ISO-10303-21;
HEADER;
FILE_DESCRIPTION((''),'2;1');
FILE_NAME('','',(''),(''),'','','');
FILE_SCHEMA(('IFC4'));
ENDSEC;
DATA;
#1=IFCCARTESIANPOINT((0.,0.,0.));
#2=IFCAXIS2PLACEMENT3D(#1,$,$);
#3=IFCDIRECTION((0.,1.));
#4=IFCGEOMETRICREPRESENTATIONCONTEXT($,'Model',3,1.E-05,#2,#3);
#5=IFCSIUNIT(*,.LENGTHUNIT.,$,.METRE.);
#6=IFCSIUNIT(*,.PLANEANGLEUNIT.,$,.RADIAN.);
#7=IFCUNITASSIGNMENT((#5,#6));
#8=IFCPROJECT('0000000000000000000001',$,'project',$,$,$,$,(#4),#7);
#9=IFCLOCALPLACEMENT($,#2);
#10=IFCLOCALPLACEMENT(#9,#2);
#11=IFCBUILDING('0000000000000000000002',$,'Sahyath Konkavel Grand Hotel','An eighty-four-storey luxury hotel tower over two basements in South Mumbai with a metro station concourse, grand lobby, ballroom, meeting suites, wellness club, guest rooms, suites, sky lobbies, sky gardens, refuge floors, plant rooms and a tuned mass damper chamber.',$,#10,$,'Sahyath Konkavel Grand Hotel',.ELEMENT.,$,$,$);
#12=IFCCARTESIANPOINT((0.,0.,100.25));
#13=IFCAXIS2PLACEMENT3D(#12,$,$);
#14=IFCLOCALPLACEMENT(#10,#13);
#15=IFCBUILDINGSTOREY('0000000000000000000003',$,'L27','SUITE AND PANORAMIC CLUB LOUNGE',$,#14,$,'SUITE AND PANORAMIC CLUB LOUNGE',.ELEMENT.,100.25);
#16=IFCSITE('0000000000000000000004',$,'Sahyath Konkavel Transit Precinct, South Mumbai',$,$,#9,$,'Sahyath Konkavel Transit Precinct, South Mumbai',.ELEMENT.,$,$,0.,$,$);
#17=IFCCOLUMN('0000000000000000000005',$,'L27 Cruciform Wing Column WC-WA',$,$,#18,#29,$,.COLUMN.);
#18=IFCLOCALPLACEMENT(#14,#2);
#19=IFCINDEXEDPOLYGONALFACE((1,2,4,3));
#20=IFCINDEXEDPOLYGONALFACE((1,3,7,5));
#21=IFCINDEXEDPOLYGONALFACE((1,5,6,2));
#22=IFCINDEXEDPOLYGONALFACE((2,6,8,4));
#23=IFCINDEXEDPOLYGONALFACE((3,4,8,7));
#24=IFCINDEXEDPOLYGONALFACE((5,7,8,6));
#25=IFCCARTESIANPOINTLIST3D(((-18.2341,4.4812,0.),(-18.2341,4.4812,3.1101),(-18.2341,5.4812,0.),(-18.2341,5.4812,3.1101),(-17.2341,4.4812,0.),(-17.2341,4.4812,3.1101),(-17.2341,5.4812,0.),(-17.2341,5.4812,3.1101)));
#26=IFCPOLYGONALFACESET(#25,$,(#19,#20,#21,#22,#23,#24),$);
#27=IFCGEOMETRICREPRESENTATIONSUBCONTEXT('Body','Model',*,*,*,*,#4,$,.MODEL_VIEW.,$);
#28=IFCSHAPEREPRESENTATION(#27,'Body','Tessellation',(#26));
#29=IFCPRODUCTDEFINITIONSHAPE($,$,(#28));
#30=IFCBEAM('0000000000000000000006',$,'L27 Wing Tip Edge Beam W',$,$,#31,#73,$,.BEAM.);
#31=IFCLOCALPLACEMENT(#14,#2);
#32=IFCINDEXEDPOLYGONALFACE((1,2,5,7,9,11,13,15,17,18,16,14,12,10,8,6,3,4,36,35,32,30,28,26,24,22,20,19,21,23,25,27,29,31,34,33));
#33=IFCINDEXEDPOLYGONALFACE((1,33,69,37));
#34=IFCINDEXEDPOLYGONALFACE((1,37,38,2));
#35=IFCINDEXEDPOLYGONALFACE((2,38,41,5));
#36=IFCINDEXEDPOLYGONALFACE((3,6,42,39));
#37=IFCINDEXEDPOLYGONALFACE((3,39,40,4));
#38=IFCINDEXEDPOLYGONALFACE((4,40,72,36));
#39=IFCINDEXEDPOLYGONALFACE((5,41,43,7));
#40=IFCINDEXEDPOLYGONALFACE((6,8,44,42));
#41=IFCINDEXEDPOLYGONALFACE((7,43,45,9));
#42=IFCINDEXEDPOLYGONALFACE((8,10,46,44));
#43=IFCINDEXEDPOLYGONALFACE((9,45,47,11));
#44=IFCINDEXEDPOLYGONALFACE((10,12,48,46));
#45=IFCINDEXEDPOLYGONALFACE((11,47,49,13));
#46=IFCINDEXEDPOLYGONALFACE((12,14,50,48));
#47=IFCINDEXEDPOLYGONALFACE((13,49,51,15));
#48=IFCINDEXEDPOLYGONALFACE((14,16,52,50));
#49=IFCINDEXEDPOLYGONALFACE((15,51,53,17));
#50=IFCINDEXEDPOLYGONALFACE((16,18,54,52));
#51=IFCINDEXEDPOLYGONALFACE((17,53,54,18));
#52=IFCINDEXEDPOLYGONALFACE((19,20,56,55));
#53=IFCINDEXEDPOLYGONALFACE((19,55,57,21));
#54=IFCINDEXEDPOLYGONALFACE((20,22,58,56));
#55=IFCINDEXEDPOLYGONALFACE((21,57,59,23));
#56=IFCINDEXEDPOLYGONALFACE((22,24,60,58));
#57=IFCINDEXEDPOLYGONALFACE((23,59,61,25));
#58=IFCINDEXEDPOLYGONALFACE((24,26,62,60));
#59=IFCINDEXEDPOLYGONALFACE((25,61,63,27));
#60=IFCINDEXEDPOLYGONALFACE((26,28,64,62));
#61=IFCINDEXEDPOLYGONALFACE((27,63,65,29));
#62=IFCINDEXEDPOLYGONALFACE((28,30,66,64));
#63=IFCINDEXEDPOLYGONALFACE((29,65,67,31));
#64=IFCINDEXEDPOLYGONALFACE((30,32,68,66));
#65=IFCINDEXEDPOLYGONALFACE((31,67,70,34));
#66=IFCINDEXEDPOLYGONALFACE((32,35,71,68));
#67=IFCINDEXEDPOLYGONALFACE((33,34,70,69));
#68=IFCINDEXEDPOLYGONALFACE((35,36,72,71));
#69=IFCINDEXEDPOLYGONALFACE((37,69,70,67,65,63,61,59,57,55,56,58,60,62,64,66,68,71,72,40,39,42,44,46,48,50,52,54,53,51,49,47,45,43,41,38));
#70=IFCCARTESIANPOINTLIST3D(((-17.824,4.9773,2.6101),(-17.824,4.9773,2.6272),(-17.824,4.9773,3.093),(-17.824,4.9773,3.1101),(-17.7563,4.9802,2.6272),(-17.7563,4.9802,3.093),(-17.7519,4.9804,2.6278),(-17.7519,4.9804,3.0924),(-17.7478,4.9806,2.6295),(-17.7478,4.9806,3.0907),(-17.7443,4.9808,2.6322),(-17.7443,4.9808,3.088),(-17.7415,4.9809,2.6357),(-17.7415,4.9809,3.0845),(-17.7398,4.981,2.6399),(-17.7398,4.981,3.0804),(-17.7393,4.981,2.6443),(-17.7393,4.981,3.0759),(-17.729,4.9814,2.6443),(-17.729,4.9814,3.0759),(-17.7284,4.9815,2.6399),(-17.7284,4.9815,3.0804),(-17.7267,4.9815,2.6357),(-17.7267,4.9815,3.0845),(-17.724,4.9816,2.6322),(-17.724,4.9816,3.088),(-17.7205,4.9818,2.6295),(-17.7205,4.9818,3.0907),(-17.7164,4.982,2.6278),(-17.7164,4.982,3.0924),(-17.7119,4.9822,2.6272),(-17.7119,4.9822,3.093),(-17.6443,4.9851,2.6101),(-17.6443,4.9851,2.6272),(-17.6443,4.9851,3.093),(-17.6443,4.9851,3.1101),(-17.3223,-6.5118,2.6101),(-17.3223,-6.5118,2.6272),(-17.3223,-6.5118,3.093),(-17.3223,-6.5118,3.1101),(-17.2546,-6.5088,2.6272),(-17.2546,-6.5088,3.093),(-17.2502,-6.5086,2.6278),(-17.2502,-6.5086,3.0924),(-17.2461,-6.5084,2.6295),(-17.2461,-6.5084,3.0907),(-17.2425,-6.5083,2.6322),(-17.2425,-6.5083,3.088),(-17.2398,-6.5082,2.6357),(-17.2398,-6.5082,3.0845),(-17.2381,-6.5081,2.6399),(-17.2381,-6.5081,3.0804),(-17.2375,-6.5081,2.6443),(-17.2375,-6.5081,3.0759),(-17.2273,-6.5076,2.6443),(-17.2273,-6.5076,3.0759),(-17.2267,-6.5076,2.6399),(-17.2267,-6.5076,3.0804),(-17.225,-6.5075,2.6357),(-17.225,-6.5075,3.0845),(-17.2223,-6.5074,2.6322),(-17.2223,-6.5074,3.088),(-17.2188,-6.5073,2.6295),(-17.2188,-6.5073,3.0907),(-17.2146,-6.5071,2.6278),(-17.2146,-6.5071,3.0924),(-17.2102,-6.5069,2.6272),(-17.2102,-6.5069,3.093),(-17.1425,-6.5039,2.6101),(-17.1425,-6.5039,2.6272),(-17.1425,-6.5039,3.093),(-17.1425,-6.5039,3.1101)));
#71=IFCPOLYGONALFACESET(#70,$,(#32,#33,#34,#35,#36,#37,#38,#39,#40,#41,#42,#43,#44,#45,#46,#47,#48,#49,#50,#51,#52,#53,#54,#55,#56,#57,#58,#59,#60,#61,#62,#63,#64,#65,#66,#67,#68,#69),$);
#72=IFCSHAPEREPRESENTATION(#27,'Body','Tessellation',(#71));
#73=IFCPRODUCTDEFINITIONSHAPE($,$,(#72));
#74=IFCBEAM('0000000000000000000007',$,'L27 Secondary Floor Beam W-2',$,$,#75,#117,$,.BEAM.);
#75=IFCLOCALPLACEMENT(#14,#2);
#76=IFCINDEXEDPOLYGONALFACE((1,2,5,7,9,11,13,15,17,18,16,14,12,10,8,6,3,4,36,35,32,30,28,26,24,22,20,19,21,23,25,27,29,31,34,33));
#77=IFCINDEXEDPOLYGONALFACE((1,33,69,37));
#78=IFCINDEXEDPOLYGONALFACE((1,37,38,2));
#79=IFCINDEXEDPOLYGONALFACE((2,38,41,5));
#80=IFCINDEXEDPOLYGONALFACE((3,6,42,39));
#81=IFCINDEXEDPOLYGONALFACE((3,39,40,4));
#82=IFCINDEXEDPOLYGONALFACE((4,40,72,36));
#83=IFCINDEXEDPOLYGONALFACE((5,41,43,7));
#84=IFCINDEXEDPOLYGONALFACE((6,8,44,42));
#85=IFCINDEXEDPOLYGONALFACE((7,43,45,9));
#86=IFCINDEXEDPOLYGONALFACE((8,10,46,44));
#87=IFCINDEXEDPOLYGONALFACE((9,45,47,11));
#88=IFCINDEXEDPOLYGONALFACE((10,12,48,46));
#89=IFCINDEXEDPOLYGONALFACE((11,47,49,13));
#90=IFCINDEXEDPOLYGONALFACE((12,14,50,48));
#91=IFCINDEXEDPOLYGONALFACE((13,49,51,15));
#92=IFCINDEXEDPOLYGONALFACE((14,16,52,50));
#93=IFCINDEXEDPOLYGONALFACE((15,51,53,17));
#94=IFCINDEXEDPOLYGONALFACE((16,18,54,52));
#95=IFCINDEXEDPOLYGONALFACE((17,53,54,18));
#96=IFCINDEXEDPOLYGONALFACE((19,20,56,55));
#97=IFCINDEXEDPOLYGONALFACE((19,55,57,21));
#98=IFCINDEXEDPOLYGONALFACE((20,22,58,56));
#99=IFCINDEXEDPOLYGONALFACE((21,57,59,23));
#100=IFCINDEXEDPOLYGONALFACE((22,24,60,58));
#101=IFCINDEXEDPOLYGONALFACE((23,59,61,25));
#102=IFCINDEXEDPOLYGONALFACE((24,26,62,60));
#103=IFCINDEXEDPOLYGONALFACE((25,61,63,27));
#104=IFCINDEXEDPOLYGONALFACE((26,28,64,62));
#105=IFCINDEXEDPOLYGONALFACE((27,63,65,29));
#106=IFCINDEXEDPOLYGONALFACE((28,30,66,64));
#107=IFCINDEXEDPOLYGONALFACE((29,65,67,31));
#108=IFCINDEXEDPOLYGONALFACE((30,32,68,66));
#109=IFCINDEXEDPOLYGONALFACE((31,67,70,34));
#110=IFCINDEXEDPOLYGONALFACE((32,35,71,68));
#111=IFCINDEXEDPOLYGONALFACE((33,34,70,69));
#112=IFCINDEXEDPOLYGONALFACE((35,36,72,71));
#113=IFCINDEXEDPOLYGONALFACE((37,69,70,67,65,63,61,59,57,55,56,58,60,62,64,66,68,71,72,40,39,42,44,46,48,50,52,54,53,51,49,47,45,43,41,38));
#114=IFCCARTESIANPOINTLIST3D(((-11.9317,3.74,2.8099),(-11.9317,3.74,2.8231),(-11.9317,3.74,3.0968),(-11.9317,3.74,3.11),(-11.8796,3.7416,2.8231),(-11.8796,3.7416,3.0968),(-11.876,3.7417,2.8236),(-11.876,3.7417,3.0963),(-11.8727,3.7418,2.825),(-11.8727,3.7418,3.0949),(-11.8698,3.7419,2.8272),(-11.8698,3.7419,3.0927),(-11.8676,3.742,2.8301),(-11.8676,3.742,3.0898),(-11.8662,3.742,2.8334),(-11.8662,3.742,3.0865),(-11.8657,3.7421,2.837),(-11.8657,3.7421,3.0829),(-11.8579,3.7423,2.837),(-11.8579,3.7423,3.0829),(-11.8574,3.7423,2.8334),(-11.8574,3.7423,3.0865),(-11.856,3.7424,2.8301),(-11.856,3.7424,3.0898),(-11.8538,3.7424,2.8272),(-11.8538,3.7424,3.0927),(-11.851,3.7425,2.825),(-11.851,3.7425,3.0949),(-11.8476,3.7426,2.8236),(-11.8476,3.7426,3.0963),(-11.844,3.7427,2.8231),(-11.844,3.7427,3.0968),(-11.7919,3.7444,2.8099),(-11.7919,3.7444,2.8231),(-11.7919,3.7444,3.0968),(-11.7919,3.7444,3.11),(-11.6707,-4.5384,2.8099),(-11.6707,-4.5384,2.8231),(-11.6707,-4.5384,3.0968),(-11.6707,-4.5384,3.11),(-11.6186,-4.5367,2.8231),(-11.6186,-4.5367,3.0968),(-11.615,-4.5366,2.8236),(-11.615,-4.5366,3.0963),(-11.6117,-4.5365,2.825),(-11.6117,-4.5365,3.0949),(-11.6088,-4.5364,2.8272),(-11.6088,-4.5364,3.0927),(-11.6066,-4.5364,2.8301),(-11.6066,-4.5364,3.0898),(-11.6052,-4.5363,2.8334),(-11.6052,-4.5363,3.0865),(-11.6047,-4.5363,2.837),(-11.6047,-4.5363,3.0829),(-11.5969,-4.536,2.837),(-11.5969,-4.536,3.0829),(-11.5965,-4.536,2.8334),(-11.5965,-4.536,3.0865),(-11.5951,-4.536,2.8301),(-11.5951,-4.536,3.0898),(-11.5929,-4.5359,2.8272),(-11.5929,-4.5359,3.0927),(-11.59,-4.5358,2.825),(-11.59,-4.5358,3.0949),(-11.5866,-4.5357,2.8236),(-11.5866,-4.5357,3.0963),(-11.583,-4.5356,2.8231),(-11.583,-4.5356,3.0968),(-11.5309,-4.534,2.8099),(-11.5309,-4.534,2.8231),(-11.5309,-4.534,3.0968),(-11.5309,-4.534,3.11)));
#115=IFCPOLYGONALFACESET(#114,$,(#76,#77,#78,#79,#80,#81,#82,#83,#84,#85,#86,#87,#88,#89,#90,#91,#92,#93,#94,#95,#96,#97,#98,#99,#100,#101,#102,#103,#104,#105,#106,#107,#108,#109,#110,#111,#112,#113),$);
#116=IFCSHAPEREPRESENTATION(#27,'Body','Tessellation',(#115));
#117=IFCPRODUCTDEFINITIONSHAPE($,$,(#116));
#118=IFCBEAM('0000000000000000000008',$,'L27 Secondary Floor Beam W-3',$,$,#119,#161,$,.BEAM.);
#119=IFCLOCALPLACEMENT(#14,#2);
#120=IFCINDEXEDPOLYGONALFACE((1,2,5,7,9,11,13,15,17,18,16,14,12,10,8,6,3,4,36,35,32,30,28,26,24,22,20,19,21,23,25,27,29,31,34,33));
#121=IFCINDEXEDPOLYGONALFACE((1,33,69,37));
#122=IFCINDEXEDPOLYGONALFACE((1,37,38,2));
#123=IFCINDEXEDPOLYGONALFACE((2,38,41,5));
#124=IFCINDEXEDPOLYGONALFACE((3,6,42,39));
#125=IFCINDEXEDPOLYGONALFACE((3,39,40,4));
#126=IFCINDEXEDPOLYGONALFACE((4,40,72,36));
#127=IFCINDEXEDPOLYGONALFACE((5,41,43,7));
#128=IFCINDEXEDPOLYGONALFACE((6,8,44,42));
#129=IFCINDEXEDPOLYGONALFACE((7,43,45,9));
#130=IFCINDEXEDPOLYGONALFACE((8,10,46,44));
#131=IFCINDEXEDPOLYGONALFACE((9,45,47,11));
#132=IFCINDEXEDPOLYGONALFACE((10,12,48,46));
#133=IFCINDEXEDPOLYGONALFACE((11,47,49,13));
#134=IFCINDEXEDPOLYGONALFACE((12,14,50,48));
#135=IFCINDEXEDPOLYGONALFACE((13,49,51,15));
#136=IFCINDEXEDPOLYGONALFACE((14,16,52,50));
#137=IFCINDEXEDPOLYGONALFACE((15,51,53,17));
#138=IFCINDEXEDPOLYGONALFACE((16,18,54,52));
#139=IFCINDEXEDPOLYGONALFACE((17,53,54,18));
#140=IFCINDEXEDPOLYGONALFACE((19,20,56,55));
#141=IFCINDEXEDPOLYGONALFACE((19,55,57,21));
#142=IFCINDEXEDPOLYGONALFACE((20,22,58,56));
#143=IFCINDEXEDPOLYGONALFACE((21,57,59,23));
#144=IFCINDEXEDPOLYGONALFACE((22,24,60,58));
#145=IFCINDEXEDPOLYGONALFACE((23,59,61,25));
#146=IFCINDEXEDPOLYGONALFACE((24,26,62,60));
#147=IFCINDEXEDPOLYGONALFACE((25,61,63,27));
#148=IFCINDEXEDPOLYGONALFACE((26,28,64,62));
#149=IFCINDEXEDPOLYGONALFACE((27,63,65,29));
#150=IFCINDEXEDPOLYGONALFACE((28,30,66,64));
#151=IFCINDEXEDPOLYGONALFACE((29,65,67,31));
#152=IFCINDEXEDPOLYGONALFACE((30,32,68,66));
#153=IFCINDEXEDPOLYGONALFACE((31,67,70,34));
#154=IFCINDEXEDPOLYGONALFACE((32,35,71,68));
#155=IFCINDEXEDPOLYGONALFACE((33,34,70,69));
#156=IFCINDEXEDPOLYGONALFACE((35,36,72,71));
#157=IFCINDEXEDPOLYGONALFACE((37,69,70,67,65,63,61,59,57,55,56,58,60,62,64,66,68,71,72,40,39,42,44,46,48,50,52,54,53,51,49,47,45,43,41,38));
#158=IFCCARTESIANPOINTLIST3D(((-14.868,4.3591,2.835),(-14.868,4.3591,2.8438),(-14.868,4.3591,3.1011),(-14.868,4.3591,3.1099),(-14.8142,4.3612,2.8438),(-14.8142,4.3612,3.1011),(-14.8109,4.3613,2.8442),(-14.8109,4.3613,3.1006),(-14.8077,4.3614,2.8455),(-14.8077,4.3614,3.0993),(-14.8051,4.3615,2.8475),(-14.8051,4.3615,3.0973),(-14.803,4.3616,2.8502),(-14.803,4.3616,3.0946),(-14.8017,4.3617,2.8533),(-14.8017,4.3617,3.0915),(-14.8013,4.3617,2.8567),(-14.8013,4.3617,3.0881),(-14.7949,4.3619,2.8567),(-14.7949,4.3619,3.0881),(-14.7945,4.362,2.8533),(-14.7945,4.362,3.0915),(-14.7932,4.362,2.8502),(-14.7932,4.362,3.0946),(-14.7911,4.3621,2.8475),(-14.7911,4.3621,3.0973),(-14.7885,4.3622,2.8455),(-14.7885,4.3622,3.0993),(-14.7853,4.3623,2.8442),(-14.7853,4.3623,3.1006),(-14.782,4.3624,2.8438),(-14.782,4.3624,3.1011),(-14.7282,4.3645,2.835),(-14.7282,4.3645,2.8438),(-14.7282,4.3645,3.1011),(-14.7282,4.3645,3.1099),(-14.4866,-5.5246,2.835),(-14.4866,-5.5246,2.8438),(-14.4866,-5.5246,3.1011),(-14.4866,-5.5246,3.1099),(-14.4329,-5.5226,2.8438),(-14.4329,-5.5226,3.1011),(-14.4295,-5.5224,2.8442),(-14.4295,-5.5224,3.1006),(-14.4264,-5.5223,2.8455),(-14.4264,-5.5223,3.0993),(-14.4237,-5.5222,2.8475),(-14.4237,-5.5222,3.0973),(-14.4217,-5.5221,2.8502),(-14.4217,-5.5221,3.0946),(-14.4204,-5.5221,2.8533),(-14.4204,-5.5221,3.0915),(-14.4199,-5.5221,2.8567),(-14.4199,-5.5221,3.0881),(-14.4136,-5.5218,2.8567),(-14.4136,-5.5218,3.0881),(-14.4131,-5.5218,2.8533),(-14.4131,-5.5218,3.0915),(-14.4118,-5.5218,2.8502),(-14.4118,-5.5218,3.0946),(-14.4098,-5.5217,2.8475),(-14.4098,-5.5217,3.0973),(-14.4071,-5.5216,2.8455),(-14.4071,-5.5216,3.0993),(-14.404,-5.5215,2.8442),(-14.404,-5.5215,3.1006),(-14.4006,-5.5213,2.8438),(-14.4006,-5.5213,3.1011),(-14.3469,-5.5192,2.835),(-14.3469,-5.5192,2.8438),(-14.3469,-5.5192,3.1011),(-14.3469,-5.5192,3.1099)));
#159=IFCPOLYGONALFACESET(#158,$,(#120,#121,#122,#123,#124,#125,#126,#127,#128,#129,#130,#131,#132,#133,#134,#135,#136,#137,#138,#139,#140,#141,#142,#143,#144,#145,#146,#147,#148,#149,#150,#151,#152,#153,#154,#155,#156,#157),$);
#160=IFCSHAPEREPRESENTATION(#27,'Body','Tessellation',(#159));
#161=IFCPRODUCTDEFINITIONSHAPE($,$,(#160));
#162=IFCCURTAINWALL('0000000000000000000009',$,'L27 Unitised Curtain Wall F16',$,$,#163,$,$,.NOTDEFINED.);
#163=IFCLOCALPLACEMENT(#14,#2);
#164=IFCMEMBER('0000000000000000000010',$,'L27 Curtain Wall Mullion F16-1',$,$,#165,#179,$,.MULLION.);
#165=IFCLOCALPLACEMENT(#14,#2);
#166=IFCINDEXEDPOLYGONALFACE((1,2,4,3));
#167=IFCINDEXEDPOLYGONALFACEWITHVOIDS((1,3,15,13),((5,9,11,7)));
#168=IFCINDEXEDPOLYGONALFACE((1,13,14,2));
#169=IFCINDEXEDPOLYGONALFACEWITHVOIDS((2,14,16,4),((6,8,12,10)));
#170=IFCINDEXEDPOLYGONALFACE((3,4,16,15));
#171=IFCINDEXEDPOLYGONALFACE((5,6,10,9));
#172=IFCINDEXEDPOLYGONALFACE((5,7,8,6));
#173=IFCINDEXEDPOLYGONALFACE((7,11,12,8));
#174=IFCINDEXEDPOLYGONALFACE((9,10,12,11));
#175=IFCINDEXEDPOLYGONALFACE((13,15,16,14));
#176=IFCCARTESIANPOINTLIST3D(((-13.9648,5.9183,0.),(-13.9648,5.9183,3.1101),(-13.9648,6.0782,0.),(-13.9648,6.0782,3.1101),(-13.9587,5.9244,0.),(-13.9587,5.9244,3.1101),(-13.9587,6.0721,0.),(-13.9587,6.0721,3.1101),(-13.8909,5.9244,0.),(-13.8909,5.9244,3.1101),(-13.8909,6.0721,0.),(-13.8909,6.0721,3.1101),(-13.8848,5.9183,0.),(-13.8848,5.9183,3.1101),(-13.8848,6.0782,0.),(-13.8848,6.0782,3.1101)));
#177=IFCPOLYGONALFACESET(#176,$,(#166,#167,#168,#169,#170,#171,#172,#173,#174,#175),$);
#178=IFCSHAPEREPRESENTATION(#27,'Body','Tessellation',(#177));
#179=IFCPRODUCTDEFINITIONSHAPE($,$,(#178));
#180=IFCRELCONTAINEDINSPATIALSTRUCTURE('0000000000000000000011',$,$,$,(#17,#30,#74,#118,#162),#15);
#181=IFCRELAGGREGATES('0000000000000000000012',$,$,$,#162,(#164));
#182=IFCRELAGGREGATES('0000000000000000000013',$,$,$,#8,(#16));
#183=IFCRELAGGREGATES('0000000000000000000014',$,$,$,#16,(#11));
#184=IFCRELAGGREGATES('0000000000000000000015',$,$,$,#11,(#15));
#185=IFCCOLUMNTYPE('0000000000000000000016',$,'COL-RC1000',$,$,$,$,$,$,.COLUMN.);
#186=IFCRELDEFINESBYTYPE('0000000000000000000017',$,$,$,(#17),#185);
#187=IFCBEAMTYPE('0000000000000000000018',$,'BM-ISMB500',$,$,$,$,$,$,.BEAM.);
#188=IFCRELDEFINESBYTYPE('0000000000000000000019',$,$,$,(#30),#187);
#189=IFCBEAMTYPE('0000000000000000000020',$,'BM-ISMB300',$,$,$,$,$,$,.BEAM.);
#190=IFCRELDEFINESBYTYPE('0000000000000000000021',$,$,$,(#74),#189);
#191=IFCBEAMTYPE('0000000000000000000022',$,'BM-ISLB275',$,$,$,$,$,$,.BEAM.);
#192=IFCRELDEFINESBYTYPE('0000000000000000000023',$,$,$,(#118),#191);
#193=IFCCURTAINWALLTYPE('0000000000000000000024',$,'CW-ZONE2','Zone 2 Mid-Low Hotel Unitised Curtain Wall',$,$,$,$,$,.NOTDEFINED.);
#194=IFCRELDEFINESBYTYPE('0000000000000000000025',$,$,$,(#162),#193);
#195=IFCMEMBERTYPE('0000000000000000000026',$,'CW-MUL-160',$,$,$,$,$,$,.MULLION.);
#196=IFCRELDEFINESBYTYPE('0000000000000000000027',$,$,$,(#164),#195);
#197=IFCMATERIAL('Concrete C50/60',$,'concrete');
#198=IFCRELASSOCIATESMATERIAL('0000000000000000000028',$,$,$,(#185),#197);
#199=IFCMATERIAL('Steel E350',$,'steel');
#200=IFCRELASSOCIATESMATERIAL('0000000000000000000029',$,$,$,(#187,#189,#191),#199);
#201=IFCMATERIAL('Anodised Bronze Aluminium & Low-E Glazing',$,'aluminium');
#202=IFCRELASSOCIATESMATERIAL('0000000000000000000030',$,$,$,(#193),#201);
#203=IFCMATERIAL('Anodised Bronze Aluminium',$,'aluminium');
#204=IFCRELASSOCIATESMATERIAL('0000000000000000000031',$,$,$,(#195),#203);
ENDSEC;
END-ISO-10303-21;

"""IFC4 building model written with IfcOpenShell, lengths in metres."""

from ifc_helpers import new_model, si_unit, direction, frame, origin, origin_2d, place, context, subcontext, project, spatial, rectangle, hollow_rectangle, i_section, extrude, source, transform, mapped, material, material_profile, profile_set, type_object, element, aggregate, save


model = new_model("IFC4")

# Units and contexts
model_context = context("Model", 3, precision=1e-05, world=origin(), true_north=direction((0.0, 1.0)))
body_context = subcontext(model_context, "Body", "Model", "MODEL_VIEW")
ifc_project = project(units=[si_unit("LENGTHUNIT", "METRE"), si_unit("PLANEANGLEUNIT", "RADIAN")], contexts=[model_context])

# Site, building, storey
site_placement = place(None, origin())
site = spatial("IfcSite", under=ifc_project, at=site_placement, Name="Sahyath Konkavel Transit Precinct, South Mumbai", LongName="Sahyath Konkavel Transit Precinct, South Mumbai", CompositionType="ELEMENT", RefElevation=0.0)
building_placement = place(site_placement, origin())
building = spatial("IfcBuilding", under=site, at=building_placement, Name="Sahyath Konkavel Grand Hotel", Description="An eighty-four-storey luxury hotel tower over two basements in South Mumbai with a metro station concourse, grand lobby, ballroom, meeting suites, wellness club, guest rooms, suites, sky lobbies, sky gardens, refuge floors, plant rooms and a tuned mass damper chamber.", LongName="Sahyath Konkavel Grand Hotel", CompositionType="ELEMENT")
storey_placement = place(building_placement, frame((0.0, 0.0, 100.25)))
storey = spatial("IfcBuildingStorey", under=building, at=storey_placement, Name="L27", Description="SUITE AND PANORAMIC CLUB LOUNGE", LongName="SUITE AND PANORAMIC CLUB LOUNGE", CompositionType="ELEMENT", Elevation=100.25)

# Column
ifc_material_1 = material(Name="Concrete C50/60", Category="concrete")
ifc_material_profile_1 = material_profile(ifc_material_1, rectangle(XDim=1.0, YDim=1.0, at=origin_2d()), Name="RC 1000x1000")
ifc_profile_set_1 = profile_set([ifc_material_profile_1], Name="Concrete C50/60")
column_type = type_object("IfcColumnType", Name="COL-RC1000", PredefinedType="COLUMN", material=ifc_profile_set_1)
shared_shape_1 = source(origin(), body_context, "Body", "SweptSolid", [
    extrude(rectangle(XDim=1.0, YDim=1.0, at=origin_2d()), origin(), (0.0, 0.0, 1.0), 3.1101),
])
column_placement = place(storey_placement, frame((-17.7341, 4.9812, 0.0), z_axis=(0.0, 0.0, 1.0), x_axis=(1.0, 0.0, 0.0)))
element("IfcColumn", 1, at=column_placement, inside=storey, type_object=column_type, Name="L27 Cruciform Wing Column WC-WA", PredefinedType="COLUMN", context=body_context, shape_type="MappedRepresentation", body=[
    mapped(shared_shape_1, transform((0.0, 0.0, 0.0), scale=1.0)),
])

# Beams
ifc_material_2 = material(Name="Steel E350", Category="steel")
ifc_material_profile_2 = material_profile(ifc_material_2, i_section(OverallWidth=0.1799, OverallDepth=0.5, WebThickness=0.0103, FlangeThickness=0.0171, FilletRadius=0.0171, at=origin_2d()), Name="ISMB 500")
ifc_profile_set_2 = profile_set([ifc_material_profile_2], Name="Steel E350")
beam_type_1 = type_object("IfcBeamType", Name="BM-ISMB500", PredefinedType="BEAM", material=ifc_profile_set_2)
shared_shape_2 = source(origin(), body_context, "Body", "SweptSolid", [
    extrude(i_section(OverallWidth=0.1799, OverallDepth=0.5, WebThickness=0.0103, FlangeThickness=0.0171, FilletRadius=0.0171, at=origin_2d()), origin(), (0.0, 0.0, 1.0), 11.5),
])
beam_1_placement = place(storey_placement, frame((-17.7341, 4.9812, 2.8601), z_axis=(0.043627, -0.999048, 0.0), x_axis=(0.999048, 0.043627, 0.0)))
element("IfcBeam", 2, at=beam_1_placement, inside=storey, type_object=beam_type_1, Name="L27 Wing Tip Edge Beam W", PredefinedType="BEAM", context=body_context, shape_type="MappedRepresentation", body=[
    mapped(shared_shape_2, transform((0.0, 0.0, 0.0), scale=1.0)),
])
ifc_material_profile_3 = material_profile(ifc_material_2, i_section(OverallWidth=0.1399, OverallDepth=0.3, WebThickness=0.0078, FlangeThickness=0.0132, FilletRadius=0.0139, at=origin_2d()), Name="ISMB 300")
ifc_profile_set_3 = profile_set([ifc_material_profile_3], Name="Steel E350")
beam_type_2 = type_object("IfcBeamType", Name="BM-ISMB300", PredefinedType="BEAM", material=ifc_profile_set_3)
shared_shape_3 = source(origin(), body_context, "Body", "SweptSolid", [
    extrude(i_section(OverallWidth=0.1399, OverallDepth=0.3, WebThickness=0.0078, FlangeThickness=0.0132, FilletRadius=0.0139, at=origin_2d()), origin(), (0.0, 0.0, 1.0), 8.2825),
])
beam_2_placement = place(storey_placement, frame((-11.8618, 3.7422, 2.96), z_axis=(0.031511, -0.999503, 0.0), x_axis=(0.999503, 0.031511, 0.0)))
element("IfcBeam", 3, at=beam_2_placement, inside=storey, type_object=beam_type_2, Name="L27 Secondary Floor Beam W-2", PredefinedType="BEAM", context=body_context, shape_type="MappedRepresentation", body=[
    mapped(shared_shape_3, transform((0.0, 0.0, 0.0), scale=1.0)),
])
ifc_material_profile_4 = material_profile(ifc_material_2, i_section(OverallWidth=0.1399, OverallDepth=0.2749, WebThickness=0.0063, FlangeThickness=0.0088, FilletRadius=0.0129, at=origin_2d()), Name="ISLB 275")
ifc_profile_set_4 = profile_set([ifc_material_profile_4], Name="Steel E350")
beam_type_3 = type_object("IfcBeamType", Name="BM-ISLB275", PredefinedType="BEAM", material=ifc_profile_set_4)
shared_shape_4 = source(origin(), body_context, "Body", "SweptSolid", [
    extrude(i_section(OverallWidth=0.1399, OverallDepth=0.2749, WebThickness=0.0063, FlangeThickness=0.0088, FilletRadius=0.0129, at=origin_2d()), origin(), (0.0, 0.0, 1.0), 9.8911),
])
beam_3_placement = place(storey_placement, frame((-14.7981, 4.3618, 2.9724), z_axis=(0.038554, -0.999257, 0.0), x_axis=(0.999257, 0.038554, 0.0)))
element("IfcBeam", 4, at=beam_3_placement, inside=storey, type_object=beam_type_3, Name="L27 Secondary Floor Beam W-3", PredefinedType="BEAM", context=body_context, shape_type="MappedRepresentation", body=[
    mapped(shared_shape_4, transform((0.0, 0.0, 0.0), scale=1.0)),
])

# Curtain wall, member
ifc_material_3 = material(Name="Anodised Bronze Aluminium & Low-E Glazing", Category="aluminium")
curtain_wall_type = type_object("IfcCurtainWallType", Name="CW-ZONE2", Description="Zone 2 Mid-Low Hotel Unitised Curtain Wall", PredefinedType="NOTDEFINED", material=ifc_material_3)
curtain_wall_1_placement = place(storey_placement, origin())
curtain_wall_1 = element("IfcCurtainWall", 5, at=curtain_wall_1_placement, inside=storey, type_object=curtain_wall_type, Name="L27 Unitised Curtain Wall F16", PredefinedType="NOTDEFINED")
ifc_material_4 = material(Name="Anodised Bronze Aluminium", Category="aluminium")
ifc_material_profile_5 = material_profile(ifc_material_4, hollow_rectangle(XDim=0.0801, YDim=0.1599, WallThickness=0.0061, at=origin_2d()), Name="RHS 160x80x6")
ifc_profile_set_5 = profile_set([ifc_material_profile_5], Name="Anodised Bronze Aluminium")
member_type_1 = type_object("IfcMemberType", Name="CW-MUL-160", PredefinedType="MULLION", material=ifc_profile_set_5)
shared_shape_5 = source(origin(), body_context, "Body", "SweptSolid", [
    extrude(hollow_rectangle(XDim=0.0801, YDim=0.1599, WallThickness=0.0061, at=origin_2d()), origin(), (0.0, 0.0, 1.0), 3.1101),
])
member_1_placement = place(storey_placement, frame((-13.9248, 5.9983, 0.0), z_axis=(0.0, 0.0, 1.0), x_axis=(1.0, 0.0, 0.0)))
member_1 = element("IfcMember", 6, at=member_1_placement, type_object=member_type_1, Name="L27 Curtain Wall Mullion F16-1", PredefinedType="MULLION", context=body_context, shape_type="MappedRepresentation", body=[
    mapped(shared_shape_5, transform((0.0, 0.0, 0.0), scale=1.0)),
])

aggregate(curtain_wall_1, [member_1])

save(model, "model.ifc")
